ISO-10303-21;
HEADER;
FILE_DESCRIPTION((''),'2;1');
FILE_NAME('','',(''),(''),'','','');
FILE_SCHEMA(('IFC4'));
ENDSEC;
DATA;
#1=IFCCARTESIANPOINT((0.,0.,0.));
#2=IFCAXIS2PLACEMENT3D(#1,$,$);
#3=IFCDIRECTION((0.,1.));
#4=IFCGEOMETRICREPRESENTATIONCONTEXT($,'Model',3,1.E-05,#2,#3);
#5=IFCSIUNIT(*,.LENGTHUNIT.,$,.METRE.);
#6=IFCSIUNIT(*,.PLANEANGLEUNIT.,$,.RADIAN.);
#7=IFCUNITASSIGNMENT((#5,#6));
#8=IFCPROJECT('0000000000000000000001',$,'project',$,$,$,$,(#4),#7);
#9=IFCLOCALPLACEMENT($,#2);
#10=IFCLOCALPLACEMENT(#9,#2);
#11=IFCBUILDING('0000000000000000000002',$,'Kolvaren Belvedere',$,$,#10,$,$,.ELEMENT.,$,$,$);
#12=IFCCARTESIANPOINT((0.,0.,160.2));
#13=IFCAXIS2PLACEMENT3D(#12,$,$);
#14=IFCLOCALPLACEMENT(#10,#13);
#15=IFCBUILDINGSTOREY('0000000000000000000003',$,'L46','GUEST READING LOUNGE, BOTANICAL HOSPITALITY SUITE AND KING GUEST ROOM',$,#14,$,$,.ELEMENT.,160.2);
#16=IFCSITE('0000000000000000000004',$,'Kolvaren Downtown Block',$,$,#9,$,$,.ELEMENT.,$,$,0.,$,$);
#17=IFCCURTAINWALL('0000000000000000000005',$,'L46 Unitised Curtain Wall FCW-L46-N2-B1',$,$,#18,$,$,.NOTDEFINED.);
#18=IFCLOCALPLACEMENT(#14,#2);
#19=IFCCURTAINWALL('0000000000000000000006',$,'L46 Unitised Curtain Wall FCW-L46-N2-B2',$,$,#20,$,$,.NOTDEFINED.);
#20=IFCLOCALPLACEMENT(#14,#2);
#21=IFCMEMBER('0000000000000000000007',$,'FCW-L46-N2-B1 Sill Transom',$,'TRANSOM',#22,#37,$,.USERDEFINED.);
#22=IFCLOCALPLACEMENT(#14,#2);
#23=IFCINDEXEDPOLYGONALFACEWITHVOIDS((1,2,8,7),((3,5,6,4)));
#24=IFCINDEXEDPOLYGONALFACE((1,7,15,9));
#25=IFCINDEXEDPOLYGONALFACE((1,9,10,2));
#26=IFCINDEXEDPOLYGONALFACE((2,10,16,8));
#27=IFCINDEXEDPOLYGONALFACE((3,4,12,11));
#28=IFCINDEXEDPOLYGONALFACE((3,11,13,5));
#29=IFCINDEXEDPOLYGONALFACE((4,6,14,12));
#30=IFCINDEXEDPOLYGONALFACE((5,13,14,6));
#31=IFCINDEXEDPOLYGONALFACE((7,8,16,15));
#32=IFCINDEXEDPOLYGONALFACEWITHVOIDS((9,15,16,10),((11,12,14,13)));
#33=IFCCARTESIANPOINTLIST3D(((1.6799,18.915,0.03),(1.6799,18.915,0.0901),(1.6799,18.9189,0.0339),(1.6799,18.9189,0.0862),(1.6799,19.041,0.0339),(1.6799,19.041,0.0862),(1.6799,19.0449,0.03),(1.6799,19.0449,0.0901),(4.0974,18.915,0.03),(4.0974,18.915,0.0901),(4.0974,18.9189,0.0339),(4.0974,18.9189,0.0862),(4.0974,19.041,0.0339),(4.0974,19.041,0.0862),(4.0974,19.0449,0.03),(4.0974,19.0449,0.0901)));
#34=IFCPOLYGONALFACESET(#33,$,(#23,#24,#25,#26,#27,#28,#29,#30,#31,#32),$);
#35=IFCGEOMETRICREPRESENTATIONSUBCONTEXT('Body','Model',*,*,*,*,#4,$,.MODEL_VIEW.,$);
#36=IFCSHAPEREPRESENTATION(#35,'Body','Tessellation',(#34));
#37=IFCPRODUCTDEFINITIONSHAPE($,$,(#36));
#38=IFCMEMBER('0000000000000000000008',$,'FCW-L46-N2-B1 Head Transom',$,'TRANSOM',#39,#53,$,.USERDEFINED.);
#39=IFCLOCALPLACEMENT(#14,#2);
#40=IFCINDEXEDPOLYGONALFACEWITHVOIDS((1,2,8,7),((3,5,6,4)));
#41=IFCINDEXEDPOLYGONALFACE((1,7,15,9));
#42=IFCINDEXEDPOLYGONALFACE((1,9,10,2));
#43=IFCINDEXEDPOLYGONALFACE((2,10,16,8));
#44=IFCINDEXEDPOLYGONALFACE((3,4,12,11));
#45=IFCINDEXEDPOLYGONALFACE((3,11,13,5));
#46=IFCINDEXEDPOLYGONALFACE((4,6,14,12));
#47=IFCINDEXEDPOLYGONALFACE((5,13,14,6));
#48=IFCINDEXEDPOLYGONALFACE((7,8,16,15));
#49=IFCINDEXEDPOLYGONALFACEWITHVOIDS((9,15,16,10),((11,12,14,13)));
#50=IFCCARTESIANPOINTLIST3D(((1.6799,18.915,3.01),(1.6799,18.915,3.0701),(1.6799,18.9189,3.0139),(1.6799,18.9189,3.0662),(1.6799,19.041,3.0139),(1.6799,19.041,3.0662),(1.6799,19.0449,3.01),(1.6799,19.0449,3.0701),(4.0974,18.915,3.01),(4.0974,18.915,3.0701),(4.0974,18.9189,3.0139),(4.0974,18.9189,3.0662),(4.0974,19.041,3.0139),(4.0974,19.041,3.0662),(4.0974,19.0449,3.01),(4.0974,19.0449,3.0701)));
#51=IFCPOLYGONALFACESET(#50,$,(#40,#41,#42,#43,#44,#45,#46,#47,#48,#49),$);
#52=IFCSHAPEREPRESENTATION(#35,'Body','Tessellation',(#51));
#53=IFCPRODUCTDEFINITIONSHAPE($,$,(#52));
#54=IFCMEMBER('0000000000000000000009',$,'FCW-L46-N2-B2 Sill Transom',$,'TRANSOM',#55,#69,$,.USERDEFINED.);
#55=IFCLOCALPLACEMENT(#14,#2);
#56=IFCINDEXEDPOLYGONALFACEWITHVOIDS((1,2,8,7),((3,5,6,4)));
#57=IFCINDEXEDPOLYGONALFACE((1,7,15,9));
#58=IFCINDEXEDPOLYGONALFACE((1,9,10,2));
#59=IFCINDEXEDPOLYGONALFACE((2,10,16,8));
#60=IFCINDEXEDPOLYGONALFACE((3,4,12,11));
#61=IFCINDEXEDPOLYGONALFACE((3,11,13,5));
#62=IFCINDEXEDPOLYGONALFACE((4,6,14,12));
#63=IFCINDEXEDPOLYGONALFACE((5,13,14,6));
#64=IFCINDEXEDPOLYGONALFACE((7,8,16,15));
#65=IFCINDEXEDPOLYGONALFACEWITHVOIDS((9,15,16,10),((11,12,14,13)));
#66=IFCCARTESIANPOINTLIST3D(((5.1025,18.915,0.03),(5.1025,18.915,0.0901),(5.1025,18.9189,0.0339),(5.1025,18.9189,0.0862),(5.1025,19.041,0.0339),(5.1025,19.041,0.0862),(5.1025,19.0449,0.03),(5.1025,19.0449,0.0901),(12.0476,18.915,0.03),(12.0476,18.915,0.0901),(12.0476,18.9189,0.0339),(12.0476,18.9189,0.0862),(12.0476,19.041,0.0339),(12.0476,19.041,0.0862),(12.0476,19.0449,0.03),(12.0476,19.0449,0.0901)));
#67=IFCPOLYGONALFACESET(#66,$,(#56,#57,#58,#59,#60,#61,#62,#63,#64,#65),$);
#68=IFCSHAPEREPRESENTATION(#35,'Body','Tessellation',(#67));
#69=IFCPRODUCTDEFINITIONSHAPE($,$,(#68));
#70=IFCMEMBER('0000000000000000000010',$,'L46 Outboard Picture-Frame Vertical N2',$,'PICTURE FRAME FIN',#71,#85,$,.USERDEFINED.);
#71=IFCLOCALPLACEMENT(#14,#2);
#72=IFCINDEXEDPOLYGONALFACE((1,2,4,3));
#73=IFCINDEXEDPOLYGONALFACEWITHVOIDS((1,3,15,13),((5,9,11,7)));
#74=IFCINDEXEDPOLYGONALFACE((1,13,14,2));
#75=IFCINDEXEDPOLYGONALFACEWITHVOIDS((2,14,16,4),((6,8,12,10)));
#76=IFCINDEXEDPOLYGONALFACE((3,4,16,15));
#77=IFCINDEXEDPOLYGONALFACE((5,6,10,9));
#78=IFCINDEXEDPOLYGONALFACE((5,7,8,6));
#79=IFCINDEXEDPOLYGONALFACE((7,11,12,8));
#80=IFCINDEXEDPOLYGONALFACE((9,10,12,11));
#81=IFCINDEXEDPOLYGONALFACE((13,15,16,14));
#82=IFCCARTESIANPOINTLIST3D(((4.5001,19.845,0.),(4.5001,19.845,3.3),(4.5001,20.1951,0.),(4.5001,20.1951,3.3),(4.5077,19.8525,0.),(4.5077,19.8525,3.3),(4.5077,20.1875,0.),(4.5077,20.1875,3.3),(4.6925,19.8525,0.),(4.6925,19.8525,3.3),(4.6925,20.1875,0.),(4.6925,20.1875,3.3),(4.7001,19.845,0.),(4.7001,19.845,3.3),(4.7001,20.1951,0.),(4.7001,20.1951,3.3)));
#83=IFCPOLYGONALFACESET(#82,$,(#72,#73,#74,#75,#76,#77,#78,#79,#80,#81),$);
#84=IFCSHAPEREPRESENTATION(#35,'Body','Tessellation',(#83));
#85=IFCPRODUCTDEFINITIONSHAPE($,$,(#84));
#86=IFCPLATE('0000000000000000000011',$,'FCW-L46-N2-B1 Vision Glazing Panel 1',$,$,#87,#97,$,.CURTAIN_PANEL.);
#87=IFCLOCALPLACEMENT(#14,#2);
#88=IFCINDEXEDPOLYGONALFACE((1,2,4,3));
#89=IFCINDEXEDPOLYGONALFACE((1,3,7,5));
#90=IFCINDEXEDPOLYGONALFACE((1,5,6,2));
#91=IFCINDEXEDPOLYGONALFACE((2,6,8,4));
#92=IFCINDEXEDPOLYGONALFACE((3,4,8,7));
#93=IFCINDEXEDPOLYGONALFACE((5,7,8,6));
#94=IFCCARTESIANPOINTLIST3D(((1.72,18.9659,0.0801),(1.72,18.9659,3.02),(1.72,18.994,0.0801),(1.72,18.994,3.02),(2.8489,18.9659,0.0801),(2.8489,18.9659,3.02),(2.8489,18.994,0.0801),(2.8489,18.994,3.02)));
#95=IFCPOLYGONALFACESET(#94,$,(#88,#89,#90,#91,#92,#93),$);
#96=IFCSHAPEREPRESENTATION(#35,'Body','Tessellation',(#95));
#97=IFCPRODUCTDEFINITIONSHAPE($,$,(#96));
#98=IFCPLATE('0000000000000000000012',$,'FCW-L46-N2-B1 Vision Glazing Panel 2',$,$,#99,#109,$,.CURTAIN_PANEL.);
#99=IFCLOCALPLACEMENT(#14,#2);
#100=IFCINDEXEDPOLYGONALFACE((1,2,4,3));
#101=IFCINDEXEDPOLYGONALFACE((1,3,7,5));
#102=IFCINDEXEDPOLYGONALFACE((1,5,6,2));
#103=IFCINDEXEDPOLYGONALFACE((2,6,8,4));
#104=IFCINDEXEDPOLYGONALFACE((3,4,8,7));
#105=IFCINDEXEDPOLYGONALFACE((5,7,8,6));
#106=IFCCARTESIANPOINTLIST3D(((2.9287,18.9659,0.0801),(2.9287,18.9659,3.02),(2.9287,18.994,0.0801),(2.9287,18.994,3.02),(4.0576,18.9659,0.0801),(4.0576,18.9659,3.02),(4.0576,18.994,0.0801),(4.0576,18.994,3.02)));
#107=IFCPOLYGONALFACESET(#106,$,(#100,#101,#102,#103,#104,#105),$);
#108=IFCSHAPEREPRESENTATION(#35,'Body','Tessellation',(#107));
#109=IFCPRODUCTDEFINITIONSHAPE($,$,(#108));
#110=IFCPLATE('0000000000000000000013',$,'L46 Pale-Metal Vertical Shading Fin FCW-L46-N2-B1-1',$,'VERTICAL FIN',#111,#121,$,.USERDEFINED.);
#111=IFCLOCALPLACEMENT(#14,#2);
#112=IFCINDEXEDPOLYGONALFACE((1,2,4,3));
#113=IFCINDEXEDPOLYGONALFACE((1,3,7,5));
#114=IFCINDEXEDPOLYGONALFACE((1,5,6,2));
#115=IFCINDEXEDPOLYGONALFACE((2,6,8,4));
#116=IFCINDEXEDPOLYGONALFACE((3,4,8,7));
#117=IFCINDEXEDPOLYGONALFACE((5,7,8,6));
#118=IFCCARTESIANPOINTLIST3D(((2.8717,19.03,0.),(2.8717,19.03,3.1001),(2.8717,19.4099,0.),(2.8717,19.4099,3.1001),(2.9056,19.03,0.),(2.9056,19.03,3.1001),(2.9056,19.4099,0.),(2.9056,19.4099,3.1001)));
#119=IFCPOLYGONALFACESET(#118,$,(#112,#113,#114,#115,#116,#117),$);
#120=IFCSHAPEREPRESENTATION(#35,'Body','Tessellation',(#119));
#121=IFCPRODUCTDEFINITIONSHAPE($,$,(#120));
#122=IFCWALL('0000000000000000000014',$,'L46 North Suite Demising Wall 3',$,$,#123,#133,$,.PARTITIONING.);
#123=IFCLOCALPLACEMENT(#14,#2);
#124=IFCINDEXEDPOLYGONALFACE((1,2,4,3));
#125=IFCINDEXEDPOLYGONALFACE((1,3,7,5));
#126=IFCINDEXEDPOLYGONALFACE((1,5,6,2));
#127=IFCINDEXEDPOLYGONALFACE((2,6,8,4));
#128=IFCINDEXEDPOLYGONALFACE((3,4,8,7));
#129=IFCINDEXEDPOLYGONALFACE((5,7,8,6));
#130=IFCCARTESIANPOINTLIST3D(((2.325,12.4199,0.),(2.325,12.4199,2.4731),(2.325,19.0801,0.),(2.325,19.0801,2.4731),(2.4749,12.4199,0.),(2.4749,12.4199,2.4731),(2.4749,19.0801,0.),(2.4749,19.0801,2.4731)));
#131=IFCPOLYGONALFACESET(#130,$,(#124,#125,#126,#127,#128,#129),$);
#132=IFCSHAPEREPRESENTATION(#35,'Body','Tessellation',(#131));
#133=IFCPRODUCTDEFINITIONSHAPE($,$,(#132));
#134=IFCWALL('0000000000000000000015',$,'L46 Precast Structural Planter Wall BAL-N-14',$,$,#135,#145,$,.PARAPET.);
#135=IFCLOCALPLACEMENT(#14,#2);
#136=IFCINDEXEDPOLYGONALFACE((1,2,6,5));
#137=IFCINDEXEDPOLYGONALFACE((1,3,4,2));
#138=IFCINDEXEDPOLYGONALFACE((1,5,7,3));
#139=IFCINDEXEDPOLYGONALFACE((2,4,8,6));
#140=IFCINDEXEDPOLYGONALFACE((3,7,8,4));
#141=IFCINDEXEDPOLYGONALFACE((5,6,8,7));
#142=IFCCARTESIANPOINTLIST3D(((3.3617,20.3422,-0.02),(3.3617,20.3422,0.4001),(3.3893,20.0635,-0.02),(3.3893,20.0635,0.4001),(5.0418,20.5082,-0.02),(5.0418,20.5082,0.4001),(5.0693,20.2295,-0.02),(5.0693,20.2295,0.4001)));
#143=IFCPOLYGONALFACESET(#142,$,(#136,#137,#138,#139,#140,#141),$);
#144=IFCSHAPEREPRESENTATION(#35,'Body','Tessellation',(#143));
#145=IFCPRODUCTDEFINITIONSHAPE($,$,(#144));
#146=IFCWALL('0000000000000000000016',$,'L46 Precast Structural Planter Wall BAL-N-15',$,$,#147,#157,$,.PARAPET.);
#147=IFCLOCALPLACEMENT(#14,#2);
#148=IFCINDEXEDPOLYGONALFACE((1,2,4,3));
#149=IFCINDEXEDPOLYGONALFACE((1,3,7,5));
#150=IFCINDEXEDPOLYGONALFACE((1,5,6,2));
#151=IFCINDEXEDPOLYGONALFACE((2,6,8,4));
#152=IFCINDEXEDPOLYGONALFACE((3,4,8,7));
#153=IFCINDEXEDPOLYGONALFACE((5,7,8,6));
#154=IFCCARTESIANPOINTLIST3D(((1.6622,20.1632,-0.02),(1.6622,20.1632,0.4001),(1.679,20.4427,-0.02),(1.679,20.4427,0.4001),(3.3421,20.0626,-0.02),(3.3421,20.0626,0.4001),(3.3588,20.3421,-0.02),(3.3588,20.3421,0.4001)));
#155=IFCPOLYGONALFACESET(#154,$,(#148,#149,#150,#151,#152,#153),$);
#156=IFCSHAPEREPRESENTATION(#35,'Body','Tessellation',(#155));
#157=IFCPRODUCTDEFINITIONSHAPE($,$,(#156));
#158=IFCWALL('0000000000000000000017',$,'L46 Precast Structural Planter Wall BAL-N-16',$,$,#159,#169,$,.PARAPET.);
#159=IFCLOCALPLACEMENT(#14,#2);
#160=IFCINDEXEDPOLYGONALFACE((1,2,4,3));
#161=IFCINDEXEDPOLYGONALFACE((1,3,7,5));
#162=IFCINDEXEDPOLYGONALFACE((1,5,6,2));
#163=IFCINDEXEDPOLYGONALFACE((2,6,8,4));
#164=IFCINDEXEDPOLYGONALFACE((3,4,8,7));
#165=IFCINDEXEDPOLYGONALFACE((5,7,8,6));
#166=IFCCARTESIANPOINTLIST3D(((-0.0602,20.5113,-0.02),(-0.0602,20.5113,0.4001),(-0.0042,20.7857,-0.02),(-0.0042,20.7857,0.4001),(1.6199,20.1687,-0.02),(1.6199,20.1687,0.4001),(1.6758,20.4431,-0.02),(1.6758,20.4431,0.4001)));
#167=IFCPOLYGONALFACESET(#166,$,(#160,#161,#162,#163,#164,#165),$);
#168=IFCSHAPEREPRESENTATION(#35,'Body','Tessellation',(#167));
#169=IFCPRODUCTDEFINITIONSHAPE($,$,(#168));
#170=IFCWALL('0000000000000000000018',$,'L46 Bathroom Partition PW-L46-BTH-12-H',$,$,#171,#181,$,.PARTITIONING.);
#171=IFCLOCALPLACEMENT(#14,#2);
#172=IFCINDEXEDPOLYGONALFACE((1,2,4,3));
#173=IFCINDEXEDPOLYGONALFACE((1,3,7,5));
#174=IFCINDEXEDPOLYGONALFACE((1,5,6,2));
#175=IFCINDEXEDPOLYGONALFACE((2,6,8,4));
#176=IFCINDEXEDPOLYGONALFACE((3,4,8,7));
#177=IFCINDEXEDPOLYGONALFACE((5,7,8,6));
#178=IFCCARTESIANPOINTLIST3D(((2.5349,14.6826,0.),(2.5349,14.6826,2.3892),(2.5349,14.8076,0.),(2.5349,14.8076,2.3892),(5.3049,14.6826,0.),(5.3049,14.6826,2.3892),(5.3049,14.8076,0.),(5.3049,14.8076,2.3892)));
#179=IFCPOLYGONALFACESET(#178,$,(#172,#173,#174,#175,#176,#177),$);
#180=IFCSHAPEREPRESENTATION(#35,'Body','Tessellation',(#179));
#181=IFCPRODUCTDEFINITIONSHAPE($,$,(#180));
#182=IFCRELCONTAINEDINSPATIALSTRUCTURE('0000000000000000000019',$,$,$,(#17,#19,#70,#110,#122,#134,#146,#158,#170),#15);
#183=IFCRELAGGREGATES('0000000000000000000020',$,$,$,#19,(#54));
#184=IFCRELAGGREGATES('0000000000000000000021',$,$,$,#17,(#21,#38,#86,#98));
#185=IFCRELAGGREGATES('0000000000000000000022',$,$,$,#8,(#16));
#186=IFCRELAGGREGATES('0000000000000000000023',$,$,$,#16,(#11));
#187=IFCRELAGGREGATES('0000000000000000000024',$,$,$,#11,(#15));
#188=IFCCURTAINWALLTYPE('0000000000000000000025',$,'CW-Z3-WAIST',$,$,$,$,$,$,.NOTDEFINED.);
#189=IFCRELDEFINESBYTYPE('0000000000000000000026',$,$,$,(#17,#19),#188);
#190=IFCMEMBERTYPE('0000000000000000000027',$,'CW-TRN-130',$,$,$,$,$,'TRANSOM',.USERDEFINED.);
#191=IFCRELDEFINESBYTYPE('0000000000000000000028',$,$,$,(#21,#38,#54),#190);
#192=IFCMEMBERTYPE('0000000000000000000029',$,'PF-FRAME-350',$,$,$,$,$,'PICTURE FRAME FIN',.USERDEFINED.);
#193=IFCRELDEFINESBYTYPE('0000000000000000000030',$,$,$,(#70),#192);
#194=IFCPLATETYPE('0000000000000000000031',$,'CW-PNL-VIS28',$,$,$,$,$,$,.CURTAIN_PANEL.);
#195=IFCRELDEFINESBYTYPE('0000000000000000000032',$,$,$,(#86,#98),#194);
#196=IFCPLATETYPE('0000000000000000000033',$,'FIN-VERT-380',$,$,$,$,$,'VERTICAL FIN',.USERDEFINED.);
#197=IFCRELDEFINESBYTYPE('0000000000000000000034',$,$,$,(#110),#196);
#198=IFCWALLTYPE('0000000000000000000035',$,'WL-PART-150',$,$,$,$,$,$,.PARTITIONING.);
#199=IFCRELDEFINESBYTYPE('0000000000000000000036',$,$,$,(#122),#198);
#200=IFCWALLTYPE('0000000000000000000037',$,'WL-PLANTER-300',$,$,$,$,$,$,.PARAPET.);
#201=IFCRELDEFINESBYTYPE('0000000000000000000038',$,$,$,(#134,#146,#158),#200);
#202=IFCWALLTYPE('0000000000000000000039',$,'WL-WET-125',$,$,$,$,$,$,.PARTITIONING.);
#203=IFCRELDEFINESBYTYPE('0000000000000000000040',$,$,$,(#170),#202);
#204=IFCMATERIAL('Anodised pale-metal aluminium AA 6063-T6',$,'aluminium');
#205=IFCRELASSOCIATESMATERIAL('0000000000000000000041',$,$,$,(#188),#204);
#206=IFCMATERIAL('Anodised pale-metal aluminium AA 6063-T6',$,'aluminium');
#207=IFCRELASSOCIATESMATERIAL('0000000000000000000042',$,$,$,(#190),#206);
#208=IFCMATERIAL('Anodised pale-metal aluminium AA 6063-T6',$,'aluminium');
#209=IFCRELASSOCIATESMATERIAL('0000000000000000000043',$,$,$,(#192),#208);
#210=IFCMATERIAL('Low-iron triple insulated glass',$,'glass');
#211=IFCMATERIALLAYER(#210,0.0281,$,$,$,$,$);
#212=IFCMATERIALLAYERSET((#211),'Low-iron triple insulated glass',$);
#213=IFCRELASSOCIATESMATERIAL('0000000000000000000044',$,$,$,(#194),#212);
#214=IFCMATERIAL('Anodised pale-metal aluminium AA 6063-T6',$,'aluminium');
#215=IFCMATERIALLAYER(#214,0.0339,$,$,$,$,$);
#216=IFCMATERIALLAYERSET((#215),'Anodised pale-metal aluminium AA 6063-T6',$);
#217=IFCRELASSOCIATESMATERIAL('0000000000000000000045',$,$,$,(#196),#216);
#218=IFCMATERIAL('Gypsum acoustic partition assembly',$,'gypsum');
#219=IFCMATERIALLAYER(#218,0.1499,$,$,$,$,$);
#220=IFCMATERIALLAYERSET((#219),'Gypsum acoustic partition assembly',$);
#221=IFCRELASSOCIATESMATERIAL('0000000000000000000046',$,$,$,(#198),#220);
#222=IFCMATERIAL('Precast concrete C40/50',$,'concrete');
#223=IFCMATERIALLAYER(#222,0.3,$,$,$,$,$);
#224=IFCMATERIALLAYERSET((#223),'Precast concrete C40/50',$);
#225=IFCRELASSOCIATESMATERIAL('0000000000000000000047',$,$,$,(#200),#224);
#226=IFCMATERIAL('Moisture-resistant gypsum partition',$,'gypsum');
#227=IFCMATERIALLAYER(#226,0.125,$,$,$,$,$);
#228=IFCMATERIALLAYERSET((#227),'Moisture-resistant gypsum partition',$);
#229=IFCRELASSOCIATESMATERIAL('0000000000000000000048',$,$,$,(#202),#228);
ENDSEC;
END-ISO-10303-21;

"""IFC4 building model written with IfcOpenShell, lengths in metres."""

from ifc_helpers import new_model, si_unit, direction, frame, frame_2d, origin, origin_2d, place, context, subcontext, project, spatial, rectangle, hollow_rectangle, extrude, material, layer, layer_set, material_profile, profile_set, type_object, element, aggregate, save


model = new_model("IFC4")

# Units and contexts
model_context = context("Model", 3, precision=1e-05, world=origin(), true_north=direction((0.0, 1.0)))
body_context = subcontext(model_context, "Body", "Model", "MODEL_VIEW")
ifc_project = project(units=[si_unit("LENGTHUNIT", "METRE"), si_unit("PLANEANGLEUNIT", "RADIAN")], contexts=[model_context])

# Site, building, storey
site_placement = place(None, origin())
site = spatial("IfcSite", under=ifc_project, at=site_placement, Name="Kolvaren Downtown Block", CompositionType="ELEMENT", RefElevation=0.0)
building_placement = place(site_placement, origin())
building = spatial("IfcBuilding", under=site, at=building_placement, Name="Kolvaren Belvedere", CompositionType="ELEMENT")
storey_placement = place(building_placement, frame((0.0, 0.0, 160.2)))
storey = spatial("IfcBuildingStorey", under=building, at=storey_placement, Name="L46", Description="GUEST READING LOUNGE, BOTANICAL HOSPITALITY SUITE AND KING GUEST ROOM", CompositionType="ELEMENT", Elevation=160.2)

# Curtain wall
ifc_material_1 = material(Name="Anodised pale-metal aluminium AA 6063-T6", Category="aluminium")
curtain_wall_type = type_object("IfcCurtainWallType", Name="CW-Z3-WAIST", PredefinedType="NOTDEFINED", material=ifc_material_1)
curtain_wall_1_placement = place(storey_placement, origin())
curtain_wall_1 = element("IfcCurtainWall", 1, at=curtain_wall_1_placement, inside=storey, type_object=curtain_wall_type, Name="L46 Unitised Curtain Wall FCW-L46-N2-B1", PredefinedType="NOTDEFINED")

# Curtain wall
curtain_wall_2_placement = place(storey_placement, origin())
curtain_wall_2 = element("IfcCurtainWall", 2, at=curtain_wall_2_placement, inside=storey, type_object=curtain_wall_type, Name="L46 Unitised Curtain Wall FCW-L46-N2-B2", PredefinedType="NOTDEFINED")

# Members
ifc_material_2 = material(Name="Anodised pale-metal aluminium AA 6063-T6", Category="aluminium")
ifc_material_profile_1 = material_profile(ifc_material_2, hollow_rectangle(XDim=0.0601, YDim=0.1299, WallThickness=0.0039, at=origin_2d()), Name="ALU-TRN-130X60")
ifc_profile_set_1 = profile_set([ifc_material_profile_1], Name="Anodised pale-metal aluminium AA 6063-T6")
member_type_1 = type_object("IfcMemberType", Name="CW-TRN-130", ElementType="TRANSOM", PredefinedType="USERDEFINED", material=ifc_profile_set_1)
member_1_placement = place(storey_placement, frame((1.6799, 18.98, 0.0601), z_axis=(1.0, 0.0, 0.0), x_axis=(0.0, 0.0, 1.0)))
member_1 = element("IfcMember", 3, at=member_1_placement, type_object=member_type_1, Name="FCW-L46-N2-B1 Sill Transom", ObjectType="TRANSOM", PredefinedType="USERDEFINED", context=body_context, shape_type="SweptSolid", body=[
    extrude(hollow_rectangle(XDim=0.0601, YDim=0.1299, WallThickness=0.0039, at=origin_2d()), origin(), (0.0, 0.0, 1.0), 2.4175),
])
member_2_placement = place(storey_placement, frame((1.6799, 18.98, 3.04), z_axis=(1.0, 0.0, 0.0), x_axis=(0.0, 0.0, 1.0)))
member_2 = element("IfcMember", 4, at=member_2_placement, type_object=member_type_1, Name="FCW-L46-N2-B1 Head Transom", ObjectType="TRANSOM", PredefinedType="USERDEFINED", context=body_context, shape_type="SweptSolid", body=[
    extrude(hollow_rectangle(XDim=0.0601, YDim=0.1299, WallThickness=0.0039, at=origin_2d()), origin(), (0.0, 0.0, 1.0), 2.4175),
])
member_3_placement = place(storey_placement, frame((5.1025, 18.98, 0.0601), z_axis=(1.0, 0.0, 0.0), x_axis=(0.0, 0.0, 1.0)))
member_3 = element("IfcMember", 5, at=member_3_placement, type_object=member_type_1, Name="FCW-L46-N2-B2 Sill Transom", ObjectType="TRANSOM", PredefinedType="USERDEFINED", context=body_context, shape_type="SweptSolid", body=[
    extrude(hollow_rectangle(XDim=0.0601, YDim=0.1299, WallThickness=0.0039, at=origin_2d()), origin(), (0.0, 0.0, 1.0), 6.9451),
])
aggregate(curtain_wall_2, [member_3])
ifc_material_3 = material(Name="Anodised pale-metal aluminium AA 6063-T6", Category="aluminium")
ifc_material_profile_2 = material_profile(ifc_material_3, hollow_rectangle(XDim=0.2, YDim=0.3501, WallThickness=0.0076, at=origin_2d()), Name="ALU-PF-350X200")
ifc_profile_set_2 = profile_set([ifc_material_profile_2], Name="Anodised pale-metal aluminium AA 6063-T6")
member_type_2 = type_object("IfcMemberType", Name="PF-FRAME-350", ElementType="PICTURE FRAME FIN", PredefinedType="USERDEFINED", material=ifc_profile_set_2)
member_4_placement = place(storey_placement, frame((4.6001, 20.02, 0.0), z_axis=(0.0, 0.0, 1.0), x_axis=(1.0, 0.0, 0.0)))
element("IfcMember", 6, at=member_4_placement, inside=storey, type_object=member_type_2, Name="L46 Outboard Picture-Frame Vertical N2", ObjectType="PICTURE FRAME FIN", PredefinedType="USERDEFINED", context=body_context, shape_type="SweptSolid", body=[
    extrude(hollow_rectangle(XDim=0.2, YDim=0.3501, WallThickness=0.0076, at=origin_2d()), origin(), (0.0, 0.0, 1.0), 3.3),
])

# Plates
ifc_material_4 = material(Name="Low-iron triple insulated glass", Category="glass")
ifc_layer_1 = layer(ifc_material_4, 0.0281)
ifc_layer_set_1 = layer_set([ifc_layer_1], Name="Low-iron triple insulated glass")
plate_type_1 = type_object("IfcPlateType", Name="CW-PNL-VIS28", PredefinedType="CURTAIN_PANEL", material=ifc_layer_set_1)
plate_1_placement = place(storey_placement, frame((2.2844, 18.98, 0.0801), z_axis=(0.0, 0.0, 1.0), x_axis=(1.0, 0.0, 0.0)))
plate_1 = element("IfcPlate", 7, at=plate_1_placement, type_object=plate_type_1, Name="FCW-L46-N2-B1 Vision Glazing Panel 1", PredefinedType="CURTAIN_PANEL", context=body_context, shape_type="SweptSolid", body=[
    extrude(rectangle(XDim=1.1289, YDim=0.0281, at=origin_2d()), origin(), (0.0, 0.0, 1.0), 2.9399),
])
plate_2_placement = place(storey_placement, frame((3.4932, 18.98, 0.0801), z_axis=(0.0, 0.0, 1.0), x_axis=(1.0, 0.0, 0.0)))
plate_2 = element("IfcPlate", 8, at=plate_2_placement, type_object=plate_type_1, Name="FCW-L46-N2-B1 Vision Glazing Panel 2", PredefinedType="CURTAIN_PANEL", context=body_context, shape_type="SweptSolid", body=[
    extrude(rectangle(XDim=1.1289, YDim=0.0281, at=origin_2d()), origin(), (0.0, 0.0, 1.0), 2.9399),
])
aggregate(curtain_wall_1, [member_1, member_2, plate_1, plate_2])
ifc_material_5 = material(Name="Anodised pale-metal aluminium AA 6063-T6", Category="aluminium")
ifc_layer_2 = layer(ifc_material_5, 0.0339)
ifc_layer_set_2 = layer_set([ifc_layer_2], Name="Anodised pale-metal aluminium AA 6063-T6")
plate_type_2 = type_object("IfcPlateType", Name="FIN-VERT-380", ElementType="VERTICAL FIN", PredefinedType="USERDEFINED", material=ifc_layer_set_2)
plate_3_placement = place(storey_placement, frame((2.8887, 19.22, 0.0), z_axis=(0.0, 0.0, 1.0), x_axis=(0.0, 1.0, 0.0)))
element("IfcPlate", 9, at=plate_3_placement, inside=storey, type_object=plate_type_2, Name="L46 Pale-Metal Vertical Shading Fin FCW-L46-N2-B1-1", ObjectType="VERTICAL FIN", PredefinedType="USERDEFINED", context=body_context, shape_type="SweptSolid", body=[
    extrude(rectangle(XDim=0.3799, YDim=0.0339, at=origin_2d()), origin(), (0.0, 0.0, 1.0), 3.1001),
])

# Walls
ifc_material_6 = material(Name="Gypsum acoustic partition assembly", Category="gypsum")
ifc_layer_3 = layer(ifc_material_6, 0.1499)
ifc_layer_set_3 = layer_set([ifc_layer_3], Name="Gypsum acoustic partition assembly")
wall_type_1 = type_object("IfcWallType", Name="WL-PART-150", PredefinedType="PARTITIONING", material=ifc_layer_set_3)
wall_1_placement = place(storey_placement, frame((2.3999, 12.4199, 0.0), z_axis=(0.0, 0.0, 1.0), x_axis=(0.0, 1.0, 0.0)))
element("IfcWall", 10, at=wall_1_placement, inside=storey, type_object=wall_type_1, Name="L46 North Suite Demising Wall 3", PredefinedType="PARTITIONING", context=body_context, shape_type="SweptSolid", body=[
    extrude(rectangle(XDim=6.6602, YDim=0.1499, at=frame_2d((3.3301, 0.0))), origin(), (0.0, 0.0, 1.0), 2.4731),
])
ifc_material_7 = material(Name="Precast concrete C40/50", Category="concrete")
ifc_layer_4 = layer(ifc_material_7, 0.3)
ifc_layer_set_4 = layer_set([ifc_layer_4], Name="Precast concrete C40/50")
wall_type_2 = type_object("IfcWallType", Name="WL-PLANTER-300", PredefinedType="PARAPET", material=ifc_layer_set_4)
wall_2_placement = place(storey_placement, frame((5.0557, 20.3689, -0.02), z_axis=(0.0, 0.0, 1.0), x_axis=(-0.995152, -0.098344, 0.0)))
element("IfcWall", 11, at=wall_2_placement, inside=storey, type_object=wall_type_2, Name="L46 Precast Structural Planter Wall BAL-N-14", PredefinedType="PARAPET", context=body_context, shape_type="SweptSolid", body=[
    extrude(rectangle(XDim=1.6882, YDim=0.28, at=frame_2d((0.8442, 0.0))), origin(), (0.0, 0.0, 1.0), 0.4202),
])
wall_3_placement = place(storey_placement, frame((3.3503, 20.2024, -0.02), z_axis=(0.0, 0.0, 1.0), x_axis=(-0.998212, 0.059768, 0.0)))
element("IfcWall", 12, at=wall_3_placement, inside=storey, type_object=wall_type_2, Name="L46 Precast Structural Planter Wall BAL-N-15", PredefinedType="PARAPET", context=body_context, shape_type="SweptSolid", body=[
    extrude(rectangle(XDim=1.6829, YDim=0.28, at=frame_2d((0.8413, 0.0))), origin(), (0.0, 0.0, 1.0), 0.4202),
])
wall_4_placement = place(storey_placement, frame((1.6479, 20.3059, -0.02), z_axis=(0.0, 0.0, 1.0), x_axis=(-0.97984, 0.199784, 0.0)))
element("IfcWall", 13, at=wall_4_placement, inside=storey, type_object=wall_type_2, Name="L46 Precast Structural Planter Wall BAL-N-16", PredefinedType="PARAPET", context=body_context, shape_type="SweptSolid", body=[
    extrude(rectangle(XDim=1.7146, YDim=0.28, at=frame_2d((0.8574, 0.0))), origin(), (0.0, 0.0, 1.0), 0.4202),
])
ifc_material_8 = material(Name="Moisture-resistant gypsum partition", Category="gypsum")
ifc_layer_5 = layer(ifc_material_8, 0.125)
ifc_layer_set_5 = layer_set([ifc_layer_5], Name="Moisture-resistant gypsum partition")
wall_type_3 = type_object("IfcWallType", Name="WL-WET-125", PredefinedType="PARTITIONING", material=ifc_layer_set_5)
wall_5_placement = place(storey_placement, frame((2.5349, 14.7451, 0.0), z_axis=(0.0, 0.0, 1.0), x_axis=(1.0, 0.0, 0.0)))
element("IfcWall", 14, at=wall_5_placement, inside=storey, type_object=wall_type_3, Name="L46 Bathroom Partition PW-L46-BTH-12-H", PredefinedType="PARTITIONING", context=body_context, shape_type="SweptSolid", body=[
    extrude(rectangle(XDim=2.77, YDim=0.125, at=frame_2d((1.385, 0.0))), origin(), (0.0, 0.0, 1.0), 2.3892),
])

save(model, "model.ifc")
